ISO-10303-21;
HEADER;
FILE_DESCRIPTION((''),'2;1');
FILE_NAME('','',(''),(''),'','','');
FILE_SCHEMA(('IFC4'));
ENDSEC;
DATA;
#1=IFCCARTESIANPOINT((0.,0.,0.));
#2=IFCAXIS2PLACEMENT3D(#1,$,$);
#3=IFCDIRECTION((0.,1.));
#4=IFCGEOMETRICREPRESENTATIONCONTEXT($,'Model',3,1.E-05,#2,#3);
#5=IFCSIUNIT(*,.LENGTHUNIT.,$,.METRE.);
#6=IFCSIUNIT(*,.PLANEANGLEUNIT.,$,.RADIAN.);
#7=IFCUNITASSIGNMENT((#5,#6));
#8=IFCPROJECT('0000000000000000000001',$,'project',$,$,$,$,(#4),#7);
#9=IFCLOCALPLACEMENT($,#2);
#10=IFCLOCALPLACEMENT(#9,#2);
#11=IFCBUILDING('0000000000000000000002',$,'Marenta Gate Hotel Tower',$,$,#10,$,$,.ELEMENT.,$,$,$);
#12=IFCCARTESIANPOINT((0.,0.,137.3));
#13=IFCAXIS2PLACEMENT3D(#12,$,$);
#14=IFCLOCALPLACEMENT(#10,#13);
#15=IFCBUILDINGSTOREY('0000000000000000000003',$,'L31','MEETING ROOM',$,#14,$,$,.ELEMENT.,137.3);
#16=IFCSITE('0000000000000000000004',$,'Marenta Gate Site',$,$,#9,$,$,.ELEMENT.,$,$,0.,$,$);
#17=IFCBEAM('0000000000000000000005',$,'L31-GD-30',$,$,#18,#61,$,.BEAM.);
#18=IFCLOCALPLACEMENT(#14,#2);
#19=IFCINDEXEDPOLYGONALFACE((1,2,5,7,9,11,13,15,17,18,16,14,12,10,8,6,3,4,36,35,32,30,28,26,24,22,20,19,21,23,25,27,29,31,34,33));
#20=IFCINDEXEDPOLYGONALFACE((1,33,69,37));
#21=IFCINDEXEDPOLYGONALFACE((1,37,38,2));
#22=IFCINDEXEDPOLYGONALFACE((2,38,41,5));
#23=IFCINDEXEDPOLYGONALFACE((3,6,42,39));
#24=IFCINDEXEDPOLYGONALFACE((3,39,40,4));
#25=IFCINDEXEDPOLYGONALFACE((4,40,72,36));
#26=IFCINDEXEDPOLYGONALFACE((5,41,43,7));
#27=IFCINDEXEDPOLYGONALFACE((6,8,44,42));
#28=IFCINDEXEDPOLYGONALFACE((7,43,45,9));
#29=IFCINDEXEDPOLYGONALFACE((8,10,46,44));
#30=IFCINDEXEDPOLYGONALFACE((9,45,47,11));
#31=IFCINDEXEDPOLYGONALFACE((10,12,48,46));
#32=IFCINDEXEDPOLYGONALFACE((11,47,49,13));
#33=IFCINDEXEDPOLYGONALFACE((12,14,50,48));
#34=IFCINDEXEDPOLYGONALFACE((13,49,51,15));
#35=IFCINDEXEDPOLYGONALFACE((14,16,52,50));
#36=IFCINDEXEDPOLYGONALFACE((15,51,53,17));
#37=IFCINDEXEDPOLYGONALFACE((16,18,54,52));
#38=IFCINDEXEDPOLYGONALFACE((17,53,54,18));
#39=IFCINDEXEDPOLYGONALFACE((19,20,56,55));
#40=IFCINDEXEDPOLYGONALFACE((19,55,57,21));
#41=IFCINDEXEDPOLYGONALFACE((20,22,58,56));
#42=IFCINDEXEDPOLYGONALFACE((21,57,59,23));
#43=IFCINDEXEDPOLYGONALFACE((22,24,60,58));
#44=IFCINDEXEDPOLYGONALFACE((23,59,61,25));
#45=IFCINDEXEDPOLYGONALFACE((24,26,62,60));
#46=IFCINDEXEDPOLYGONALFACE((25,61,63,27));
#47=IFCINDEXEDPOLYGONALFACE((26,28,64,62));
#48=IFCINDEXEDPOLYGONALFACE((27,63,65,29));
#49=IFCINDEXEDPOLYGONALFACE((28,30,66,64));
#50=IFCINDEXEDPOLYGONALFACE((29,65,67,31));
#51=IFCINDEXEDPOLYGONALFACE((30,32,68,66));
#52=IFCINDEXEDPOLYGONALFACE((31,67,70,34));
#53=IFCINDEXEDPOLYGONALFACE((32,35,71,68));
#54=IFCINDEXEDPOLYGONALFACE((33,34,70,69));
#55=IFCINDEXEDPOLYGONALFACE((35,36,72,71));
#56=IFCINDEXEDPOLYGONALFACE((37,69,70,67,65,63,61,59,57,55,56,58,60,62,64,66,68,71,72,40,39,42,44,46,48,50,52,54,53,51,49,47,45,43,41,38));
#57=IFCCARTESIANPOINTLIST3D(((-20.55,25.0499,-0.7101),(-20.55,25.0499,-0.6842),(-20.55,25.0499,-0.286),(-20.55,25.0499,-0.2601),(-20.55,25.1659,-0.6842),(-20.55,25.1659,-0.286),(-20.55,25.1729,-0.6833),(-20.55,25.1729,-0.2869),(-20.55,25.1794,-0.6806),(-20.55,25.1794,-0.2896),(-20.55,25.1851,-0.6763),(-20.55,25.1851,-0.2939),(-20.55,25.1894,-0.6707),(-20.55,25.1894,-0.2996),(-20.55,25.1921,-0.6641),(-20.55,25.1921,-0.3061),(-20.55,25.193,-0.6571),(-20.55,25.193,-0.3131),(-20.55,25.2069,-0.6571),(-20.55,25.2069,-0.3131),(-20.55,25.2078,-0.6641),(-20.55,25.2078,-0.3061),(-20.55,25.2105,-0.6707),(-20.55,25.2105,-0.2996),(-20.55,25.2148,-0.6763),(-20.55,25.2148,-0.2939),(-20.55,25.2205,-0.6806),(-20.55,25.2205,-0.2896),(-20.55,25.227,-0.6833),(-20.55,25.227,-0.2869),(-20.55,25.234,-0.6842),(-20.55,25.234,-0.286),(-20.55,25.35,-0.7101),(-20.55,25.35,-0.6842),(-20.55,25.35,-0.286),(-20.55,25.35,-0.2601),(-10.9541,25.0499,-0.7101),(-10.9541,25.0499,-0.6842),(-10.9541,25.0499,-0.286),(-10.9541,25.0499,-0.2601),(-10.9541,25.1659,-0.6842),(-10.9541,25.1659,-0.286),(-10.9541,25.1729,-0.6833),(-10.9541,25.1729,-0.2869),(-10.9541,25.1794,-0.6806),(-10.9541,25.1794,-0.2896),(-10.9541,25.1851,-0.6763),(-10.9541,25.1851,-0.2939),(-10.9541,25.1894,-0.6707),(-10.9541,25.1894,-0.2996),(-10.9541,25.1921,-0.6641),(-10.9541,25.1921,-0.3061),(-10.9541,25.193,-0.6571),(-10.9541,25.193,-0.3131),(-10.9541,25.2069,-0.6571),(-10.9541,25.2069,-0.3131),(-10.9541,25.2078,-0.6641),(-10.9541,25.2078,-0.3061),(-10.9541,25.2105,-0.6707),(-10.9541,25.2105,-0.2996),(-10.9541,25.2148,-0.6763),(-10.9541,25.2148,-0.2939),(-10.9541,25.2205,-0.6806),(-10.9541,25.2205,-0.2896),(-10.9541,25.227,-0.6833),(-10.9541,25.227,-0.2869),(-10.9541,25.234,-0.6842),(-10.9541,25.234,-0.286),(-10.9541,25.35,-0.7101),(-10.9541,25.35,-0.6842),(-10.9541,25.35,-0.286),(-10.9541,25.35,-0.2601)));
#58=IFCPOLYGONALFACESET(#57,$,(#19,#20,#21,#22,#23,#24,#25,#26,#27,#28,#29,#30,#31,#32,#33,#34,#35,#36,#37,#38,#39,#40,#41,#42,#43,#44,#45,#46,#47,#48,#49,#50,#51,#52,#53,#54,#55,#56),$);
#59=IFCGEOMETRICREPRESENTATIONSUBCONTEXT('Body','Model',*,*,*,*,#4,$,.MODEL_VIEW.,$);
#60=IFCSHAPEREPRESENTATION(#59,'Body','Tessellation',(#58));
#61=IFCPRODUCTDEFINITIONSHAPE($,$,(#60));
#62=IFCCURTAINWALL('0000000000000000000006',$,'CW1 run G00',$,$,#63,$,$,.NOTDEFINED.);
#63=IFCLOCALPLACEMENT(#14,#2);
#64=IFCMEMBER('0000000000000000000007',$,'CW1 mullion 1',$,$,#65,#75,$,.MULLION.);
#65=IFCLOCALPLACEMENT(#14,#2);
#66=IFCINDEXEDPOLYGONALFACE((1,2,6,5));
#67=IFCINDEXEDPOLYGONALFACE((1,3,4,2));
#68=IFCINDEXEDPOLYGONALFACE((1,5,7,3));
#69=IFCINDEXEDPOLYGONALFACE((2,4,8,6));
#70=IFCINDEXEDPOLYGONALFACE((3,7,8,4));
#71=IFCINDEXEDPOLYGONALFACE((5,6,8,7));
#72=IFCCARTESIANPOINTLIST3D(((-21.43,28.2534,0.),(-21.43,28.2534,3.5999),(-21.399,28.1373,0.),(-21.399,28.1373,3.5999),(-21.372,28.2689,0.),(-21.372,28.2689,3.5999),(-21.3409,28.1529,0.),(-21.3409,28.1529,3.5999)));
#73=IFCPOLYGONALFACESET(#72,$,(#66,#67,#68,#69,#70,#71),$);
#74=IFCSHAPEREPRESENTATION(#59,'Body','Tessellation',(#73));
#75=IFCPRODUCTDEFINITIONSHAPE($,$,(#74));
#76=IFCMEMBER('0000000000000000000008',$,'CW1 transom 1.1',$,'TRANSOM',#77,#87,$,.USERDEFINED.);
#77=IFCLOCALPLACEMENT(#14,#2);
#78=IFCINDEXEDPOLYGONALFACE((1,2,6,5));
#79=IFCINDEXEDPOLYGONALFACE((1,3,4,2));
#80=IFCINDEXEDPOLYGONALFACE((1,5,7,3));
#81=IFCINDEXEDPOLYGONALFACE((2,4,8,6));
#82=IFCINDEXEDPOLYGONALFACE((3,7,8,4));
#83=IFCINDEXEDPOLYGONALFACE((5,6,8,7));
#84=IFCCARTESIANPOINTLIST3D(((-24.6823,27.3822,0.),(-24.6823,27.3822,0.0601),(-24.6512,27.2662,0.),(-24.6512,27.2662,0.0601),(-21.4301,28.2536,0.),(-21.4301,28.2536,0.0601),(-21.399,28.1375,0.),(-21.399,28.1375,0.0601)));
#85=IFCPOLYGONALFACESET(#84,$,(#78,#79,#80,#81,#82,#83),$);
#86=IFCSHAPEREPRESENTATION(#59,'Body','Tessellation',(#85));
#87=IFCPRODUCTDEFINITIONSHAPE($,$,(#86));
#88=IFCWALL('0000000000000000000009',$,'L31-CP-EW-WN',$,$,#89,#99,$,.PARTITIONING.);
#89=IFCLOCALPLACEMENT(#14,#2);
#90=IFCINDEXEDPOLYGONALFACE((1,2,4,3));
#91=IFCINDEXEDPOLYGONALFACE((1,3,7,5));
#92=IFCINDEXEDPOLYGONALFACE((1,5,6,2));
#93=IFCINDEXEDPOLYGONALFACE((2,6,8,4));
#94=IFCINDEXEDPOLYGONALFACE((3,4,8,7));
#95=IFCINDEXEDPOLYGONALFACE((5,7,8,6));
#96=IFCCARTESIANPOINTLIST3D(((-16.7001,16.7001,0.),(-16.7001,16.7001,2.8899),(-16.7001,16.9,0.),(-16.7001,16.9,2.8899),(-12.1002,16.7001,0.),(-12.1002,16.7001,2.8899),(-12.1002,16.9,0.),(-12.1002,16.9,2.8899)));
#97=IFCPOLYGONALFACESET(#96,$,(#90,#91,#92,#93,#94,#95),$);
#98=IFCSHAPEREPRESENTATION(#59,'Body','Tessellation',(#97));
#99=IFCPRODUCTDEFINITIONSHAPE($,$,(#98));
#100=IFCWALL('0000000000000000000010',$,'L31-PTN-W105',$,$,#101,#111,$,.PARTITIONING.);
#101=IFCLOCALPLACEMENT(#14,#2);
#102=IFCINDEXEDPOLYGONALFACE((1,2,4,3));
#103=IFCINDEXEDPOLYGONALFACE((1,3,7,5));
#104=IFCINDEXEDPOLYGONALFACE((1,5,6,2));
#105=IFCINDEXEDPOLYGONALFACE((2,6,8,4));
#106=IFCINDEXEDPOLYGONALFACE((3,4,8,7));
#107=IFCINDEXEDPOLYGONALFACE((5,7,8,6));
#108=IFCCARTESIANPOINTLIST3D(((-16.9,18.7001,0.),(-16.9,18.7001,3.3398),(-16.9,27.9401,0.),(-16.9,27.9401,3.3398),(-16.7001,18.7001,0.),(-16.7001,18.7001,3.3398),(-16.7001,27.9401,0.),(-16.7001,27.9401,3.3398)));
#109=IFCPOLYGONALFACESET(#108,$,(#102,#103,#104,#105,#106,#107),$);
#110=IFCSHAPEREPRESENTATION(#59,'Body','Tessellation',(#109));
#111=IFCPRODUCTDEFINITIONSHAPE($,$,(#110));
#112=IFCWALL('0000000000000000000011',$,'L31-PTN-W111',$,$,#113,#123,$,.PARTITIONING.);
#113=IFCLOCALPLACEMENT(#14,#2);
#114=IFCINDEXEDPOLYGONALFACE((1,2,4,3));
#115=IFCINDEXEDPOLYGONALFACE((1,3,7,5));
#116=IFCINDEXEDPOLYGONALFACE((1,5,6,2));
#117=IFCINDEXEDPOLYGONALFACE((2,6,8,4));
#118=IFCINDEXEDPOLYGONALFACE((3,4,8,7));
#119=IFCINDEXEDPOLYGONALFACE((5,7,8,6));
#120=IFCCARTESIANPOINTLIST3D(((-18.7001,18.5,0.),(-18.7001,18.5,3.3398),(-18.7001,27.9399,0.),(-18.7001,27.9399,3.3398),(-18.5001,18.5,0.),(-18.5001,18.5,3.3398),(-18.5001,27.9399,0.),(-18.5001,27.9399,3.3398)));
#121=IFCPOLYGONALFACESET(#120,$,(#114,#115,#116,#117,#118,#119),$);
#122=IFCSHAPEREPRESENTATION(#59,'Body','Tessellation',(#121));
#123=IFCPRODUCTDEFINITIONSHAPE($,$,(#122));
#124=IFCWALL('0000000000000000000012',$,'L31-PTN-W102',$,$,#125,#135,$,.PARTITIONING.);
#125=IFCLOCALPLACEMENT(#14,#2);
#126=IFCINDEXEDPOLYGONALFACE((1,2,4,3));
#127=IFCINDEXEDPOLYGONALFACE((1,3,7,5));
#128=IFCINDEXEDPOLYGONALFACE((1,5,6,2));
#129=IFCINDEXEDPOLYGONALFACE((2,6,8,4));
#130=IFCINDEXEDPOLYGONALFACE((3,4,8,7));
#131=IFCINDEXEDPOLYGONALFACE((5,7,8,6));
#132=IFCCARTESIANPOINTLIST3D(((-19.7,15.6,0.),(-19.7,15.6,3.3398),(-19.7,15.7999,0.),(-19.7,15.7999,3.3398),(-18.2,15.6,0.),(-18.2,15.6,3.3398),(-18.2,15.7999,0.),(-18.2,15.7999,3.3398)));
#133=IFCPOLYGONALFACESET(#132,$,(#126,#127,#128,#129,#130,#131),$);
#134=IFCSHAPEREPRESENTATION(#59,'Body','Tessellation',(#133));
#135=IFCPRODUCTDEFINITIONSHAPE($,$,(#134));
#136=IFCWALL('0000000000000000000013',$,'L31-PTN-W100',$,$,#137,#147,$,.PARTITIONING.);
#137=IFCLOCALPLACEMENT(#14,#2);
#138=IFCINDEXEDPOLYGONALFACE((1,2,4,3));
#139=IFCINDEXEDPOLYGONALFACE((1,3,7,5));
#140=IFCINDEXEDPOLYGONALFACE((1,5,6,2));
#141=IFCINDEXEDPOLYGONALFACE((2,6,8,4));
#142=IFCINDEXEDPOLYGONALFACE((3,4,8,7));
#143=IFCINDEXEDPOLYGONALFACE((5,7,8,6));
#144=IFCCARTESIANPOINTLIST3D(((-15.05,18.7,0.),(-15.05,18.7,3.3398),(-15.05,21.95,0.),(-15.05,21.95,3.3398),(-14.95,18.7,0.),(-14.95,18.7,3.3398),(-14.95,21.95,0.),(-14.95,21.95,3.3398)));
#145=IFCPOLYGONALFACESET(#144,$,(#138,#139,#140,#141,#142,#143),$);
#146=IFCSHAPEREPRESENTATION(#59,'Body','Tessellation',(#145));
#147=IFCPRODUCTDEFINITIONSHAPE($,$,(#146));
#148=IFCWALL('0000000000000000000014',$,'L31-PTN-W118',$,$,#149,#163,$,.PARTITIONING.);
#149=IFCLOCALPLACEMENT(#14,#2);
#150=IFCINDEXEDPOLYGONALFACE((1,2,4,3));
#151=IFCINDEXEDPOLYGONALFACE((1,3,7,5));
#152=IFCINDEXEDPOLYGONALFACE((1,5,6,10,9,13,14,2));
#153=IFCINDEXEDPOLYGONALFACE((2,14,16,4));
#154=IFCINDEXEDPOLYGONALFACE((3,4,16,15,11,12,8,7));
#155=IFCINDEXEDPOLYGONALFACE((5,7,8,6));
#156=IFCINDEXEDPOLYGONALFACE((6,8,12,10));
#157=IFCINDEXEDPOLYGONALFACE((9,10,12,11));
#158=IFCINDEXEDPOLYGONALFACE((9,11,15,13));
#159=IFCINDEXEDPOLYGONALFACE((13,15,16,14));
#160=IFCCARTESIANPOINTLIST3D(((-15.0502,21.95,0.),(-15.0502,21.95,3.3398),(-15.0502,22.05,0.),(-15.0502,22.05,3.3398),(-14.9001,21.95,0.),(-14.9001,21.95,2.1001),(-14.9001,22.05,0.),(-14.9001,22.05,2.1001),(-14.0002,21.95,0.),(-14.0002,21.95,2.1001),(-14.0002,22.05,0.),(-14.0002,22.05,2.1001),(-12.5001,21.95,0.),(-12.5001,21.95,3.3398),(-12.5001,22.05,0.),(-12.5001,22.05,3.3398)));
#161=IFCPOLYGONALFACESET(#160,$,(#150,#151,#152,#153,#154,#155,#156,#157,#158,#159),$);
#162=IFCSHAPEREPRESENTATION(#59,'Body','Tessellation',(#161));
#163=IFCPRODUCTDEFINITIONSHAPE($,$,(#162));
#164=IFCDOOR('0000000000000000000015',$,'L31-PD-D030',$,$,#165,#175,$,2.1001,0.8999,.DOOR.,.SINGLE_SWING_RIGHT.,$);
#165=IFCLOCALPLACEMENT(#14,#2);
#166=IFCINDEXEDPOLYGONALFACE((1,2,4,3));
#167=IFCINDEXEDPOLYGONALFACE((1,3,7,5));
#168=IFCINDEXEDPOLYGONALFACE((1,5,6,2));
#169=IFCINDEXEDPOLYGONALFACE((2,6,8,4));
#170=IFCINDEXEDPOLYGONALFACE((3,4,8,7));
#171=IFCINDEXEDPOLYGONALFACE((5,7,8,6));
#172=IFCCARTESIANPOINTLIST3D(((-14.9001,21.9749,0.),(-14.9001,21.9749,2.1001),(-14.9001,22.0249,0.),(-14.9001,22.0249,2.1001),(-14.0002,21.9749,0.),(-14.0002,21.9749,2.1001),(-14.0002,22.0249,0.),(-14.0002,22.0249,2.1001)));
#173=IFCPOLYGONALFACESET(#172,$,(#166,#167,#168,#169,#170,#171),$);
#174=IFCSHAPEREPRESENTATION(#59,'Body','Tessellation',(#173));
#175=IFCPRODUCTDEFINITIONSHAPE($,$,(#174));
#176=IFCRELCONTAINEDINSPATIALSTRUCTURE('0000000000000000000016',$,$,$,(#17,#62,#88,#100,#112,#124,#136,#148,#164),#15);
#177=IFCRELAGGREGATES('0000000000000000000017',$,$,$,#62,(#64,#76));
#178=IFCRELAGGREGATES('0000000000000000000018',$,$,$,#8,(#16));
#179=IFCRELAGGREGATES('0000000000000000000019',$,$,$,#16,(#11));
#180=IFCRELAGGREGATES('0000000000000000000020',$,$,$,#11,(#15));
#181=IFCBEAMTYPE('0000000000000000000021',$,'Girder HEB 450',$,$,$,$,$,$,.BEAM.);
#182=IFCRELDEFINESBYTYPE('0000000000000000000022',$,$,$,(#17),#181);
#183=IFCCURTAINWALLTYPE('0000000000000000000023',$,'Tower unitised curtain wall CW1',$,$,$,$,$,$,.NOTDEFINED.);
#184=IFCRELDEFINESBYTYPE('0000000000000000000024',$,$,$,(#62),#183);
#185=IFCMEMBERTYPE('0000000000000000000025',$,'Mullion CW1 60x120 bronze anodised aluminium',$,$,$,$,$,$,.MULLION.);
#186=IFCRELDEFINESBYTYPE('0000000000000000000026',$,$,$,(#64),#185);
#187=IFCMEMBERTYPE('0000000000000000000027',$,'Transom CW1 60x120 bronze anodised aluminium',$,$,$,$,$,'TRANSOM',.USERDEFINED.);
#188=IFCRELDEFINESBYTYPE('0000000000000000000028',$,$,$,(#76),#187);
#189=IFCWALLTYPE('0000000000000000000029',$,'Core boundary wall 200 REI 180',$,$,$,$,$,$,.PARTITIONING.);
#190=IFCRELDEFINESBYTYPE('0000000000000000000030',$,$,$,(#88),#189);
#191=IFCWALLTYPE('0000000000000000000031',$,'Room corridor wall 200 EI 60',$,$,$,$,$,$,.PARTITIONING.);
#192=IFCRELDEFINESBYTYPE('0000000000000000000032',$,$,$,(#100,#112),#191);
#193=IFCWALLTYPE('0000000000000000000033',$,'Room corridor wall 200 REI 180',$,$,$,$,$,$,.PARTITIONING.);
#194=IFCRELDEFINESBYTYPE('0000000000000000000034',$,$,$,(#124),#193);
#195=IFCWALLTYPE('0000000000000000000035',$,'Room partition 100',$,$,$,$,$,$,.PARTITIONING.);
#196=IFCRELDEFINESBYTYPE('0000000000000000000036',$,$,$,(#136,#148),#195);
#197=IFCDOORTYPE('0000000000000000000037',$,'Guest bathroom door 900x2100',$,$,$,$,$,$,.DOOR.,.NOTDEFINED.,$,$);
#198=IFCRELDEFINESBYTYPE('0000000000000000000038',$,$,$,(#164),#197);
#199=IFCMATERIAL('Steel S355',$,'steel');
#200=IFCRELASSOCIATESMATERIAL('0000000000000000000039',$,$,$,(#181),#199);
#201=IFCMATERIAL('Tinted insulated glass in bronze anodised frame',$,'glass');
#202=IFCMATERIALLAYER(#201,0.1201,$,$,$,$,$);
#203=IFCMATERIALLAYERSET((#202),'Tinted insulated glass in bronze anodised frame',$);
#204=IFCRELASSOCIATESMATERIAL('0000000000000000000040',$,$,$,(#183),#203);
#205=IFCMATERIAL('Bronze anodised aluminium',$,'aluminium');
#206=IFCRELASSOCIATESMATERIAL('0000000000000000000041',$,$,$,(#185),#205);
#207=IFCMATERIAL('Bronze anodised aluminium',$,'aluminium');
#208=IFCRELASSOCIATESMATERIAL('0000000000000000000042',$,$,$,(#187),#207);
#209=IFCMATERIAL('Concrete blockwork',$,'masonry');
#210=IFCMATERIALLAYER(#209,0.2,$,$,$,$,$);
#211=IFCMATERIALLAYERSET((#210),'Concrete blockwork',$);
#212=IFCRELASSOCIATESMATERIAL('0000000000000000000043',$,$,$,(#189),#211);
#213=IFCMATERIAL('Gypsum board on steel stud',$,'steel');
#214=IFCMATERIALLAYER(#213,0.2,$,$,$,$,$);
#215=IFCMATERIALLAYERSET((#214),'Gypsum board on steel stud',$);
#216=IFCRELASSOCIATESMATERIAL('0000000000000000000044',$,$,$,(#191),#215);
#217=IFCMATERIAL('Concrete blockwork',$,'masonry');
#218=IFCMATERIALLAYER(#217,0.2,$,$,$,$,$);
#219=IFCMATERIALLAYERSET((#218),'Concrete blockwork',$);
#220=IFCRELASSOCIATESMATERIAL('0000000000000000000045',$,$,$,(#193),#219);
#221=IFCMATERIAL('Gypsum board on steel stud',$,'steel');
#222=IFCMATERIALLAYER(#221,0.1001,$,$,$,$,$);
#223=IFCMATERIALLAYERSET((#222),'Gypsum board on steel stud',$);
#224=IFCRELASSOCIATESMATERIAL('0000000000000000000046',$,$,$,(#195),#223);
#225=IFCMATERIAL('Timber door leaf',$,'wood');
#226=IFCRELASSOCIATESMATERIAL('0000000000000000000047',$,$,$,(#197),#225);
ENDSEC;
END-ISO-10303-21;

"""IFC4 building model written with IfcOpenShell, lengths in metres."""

from ifc_helpers import new_model, si_unit, direction, frame, frame_2d, origin, origin_2d, place, context, subcontext, project, spatial, rectangle, i_section, extrude, material, layer, layer_set, material_profile, profile_set, type_object, element, fill, aggregate, save


model = new_model("IFC4")

# Units and contexts
model_context = context("Model", 3, precision=1e-05, world=origin(), true_north=direction((0.0, 1.0)))
body_context = subcontext(model_context, "Body", "Model", "MODEL_VIEW")
ifc_project = project(units=[si_unit("LENGTHUNIT", "METRE"), si_unit("PLANEANGLEUNIT", "RADIAN")], contexts=[model_context])

# Site, building, storey
site_placement = place(None, origin())
site = spatial("IfcSite", under=ifc_project, at=site_placement, Name="Marenta Gate Site", CompositionType="ELEMENT", RefElevation=0.0)
building_placement = place(site_placement, origin())
building = spatial("IfcBuilding", under=site, at=building_placement, Name="Marenta Gate Hotel Tower", CompositionType="ELEMENT")
storey_placement = place(building_placement, frame((0.0, 0.0, 137.3)))
storey = spatial("IfcBuildingStorey", under=building, at=storey_placement, Name="L31", Description="MEETING ROOM", CompositionType="ELEMENT", Elevation=137.3)

# Beam
ifc_material_1 = material(Name="Steel S355", Category="steel")
ifc_material_profile_1 = material_profile(ifc_material_1, i_section(OverallWidth=0.3, OverallDepth=0.45, WebThickness=0.0139, FlangeThickness=0.0259, FilletRadius=0.0271, at=origin_2d()), Name="HEB 450")
ifc_profile_set_1 = profile_set([ifc_material_profile_1], Name="Steel S355")
beam_type_1 = type_object("IfcBeamType", Name="Girder HEB 450", PredefinedType="BEAM", material=ifc_profile_set_1)
beam_1_placement = place(storey_placement, frame((-20.55, 25.2, -0.4851), z_axis=(1.0, 0.0, 0.0), x_axis=(0.0, 1.0, 0.0)))
element("IfcBeam", 1, at=beam_1_placement, inside=storey, type_object=beam_type_1, Name="L31-GD-30", PredefinedType="BEAM", context=body_context, shape_type="SweptSolid", body=[
    extrude(i_section(OverallWidth=0.3, OverallDepth=0.45, WebThickness=0.0139, FlangeThickness=0.0259, FilletRadius=0.0271, at=origin_2d()), origin(), (0.0, 0.0, 1.0), 9.5959),
])

# Curtain wall, members
ifc_material_2 = material(Name="Tinted insulated glass in bronze anodised frame", Category="glass")
ifc_layer_1 = layer(ifc_material_2, 0.1201)
ifc_layer_set_1 = layer_set([ifc_layer_1], Name="Tinted insulated glass in bronze anodised frame")
curtain_wall_type = type_object("IfcCurtainWallType", Name="Tower unitised curtain wall CW1", PredefinedType="NOTDEFINED", material=ifc_layer_set_1)
curtain_wall_placement = place(storey_placement, origin())
curtain_wall = element("IfcCurtainWall", 2, at=curtain_wall_placement, inside=storey, type_object=curtain_wall_type, Name="CW1 run G00", PredefinedType="NOTDEFINED")
ifc_material_3 = material(Name="Bronze anodised aluminium", Category="aluminium")
ifc_material_profile_2 = material_profile(ifc_material_3, rectangle(XDim=0.1201, YDim=0.0601, at=origin_2d()), Name="Mullion CW1 60x120 bronze anodised aluminium")
ifc_profile_set_2 = profile_set([ifc_material_profile_2], Name="Bronze anodised aluminium")
member_type_1 = type_object("IfcMemberType", Name="Mullion CW1 60x120 bronze anodised aluminium", PredefinedType="MULLION", material=ifc_profile_set_2)
member_1_placement = place(storey_placement, frame((-21.3855, 28.2031, 0.0), z_axis=(0.0, 0.0, 1.0), x_axis=(0.258801, -0.965931, 0.0)))
member_1 = element("IfcMember", 3, at=member_1_placement, type_object=member_type_1, Name="CW1 mullion 1", PredefinedType="MULLION", context=body_context, shape_type="SweptSolid", body=[
    extrude(rectangle(XDim=0.1201, YDim=0.0601, at=origin_2d()), origin(), (0.0, 0.0, 1.0), 3.5999),
])
ifc_material_4 = material(Name="Bronze anodised aluminium", Category="aluminium")
ifc_material_profile_3 = material_profile(ifc_material_4, rectangle(XDim=0.1201, YDim=0.0601, at=origin_2d()), Name="Transom CW1 60x120 bronze anodised aluminium")
ifc_profile_set_3 = profile_set([ifc_material_profile_3], Name="Bronze anodised aluminium")
member_type_2 = type_object("IfcMemberType", Name="Transom CW1 60x120 bronze anodised aluminium", ElementType="TRANSOM", PredefinedType="USERDEFINED", material=ifc_profile_set_3)
member_2_placement = place(storey_placement, frame((-21.4146, 28.1956, 0.03), z_axis=(-0.965932, -0.258795, 0.0), x_axis=(0.258795, -0.965932, 0.0)))
member_2 = element("IfcMember", 4, at=member_2_placement, type_object=member_type_2, Name="CW1 transom 1.1", ObjectType="TRANSOM", PredefinedType="USERDEFINED", context=body_context, shape_type="SweptSolid", body=[
    extrude(rectangle(XDim=0.1201, YDim=0.0601, at=origin_2d()), origin(), (0.0, 0.0, 1.0), 3.3669),
])
aggregate(curtain_wall, [member_1, member_2])

# Walls
ifc_material_5 = material(Name="Concrete blockwork", Category="masonry")
ifc_layer_2 = layer(ifc_material_5, 0.2)
ifc_layer_set_2 = layer_set([ifc_layer_2], Name="Concrete blockwork")
wall_type_1 = type_object("IfcWallType", Name="Core boundary wall 200 REI 180", PredefinedType="PARTITIONING", material=ifc_layer_set_2)
wall_1_placement = place(storey_placement, frame((-16.7, 16.8, 0.0), z_axis=(0.0, 0.0, 1.0), x_axis=(1.0, 0.0, 0.0)))
element("IfcWall", 5, at=wall_1_placement, inside=storey, type_object=wall_type_1, Name="L31-CP-EW-WN", PredefinedType="PARTITIONING", context=body_context, shape_type="SweptSolid", body=[
    extrude(rectangle(XDim=4.5999, YDim=0.2, at=frame_2d((2.2998, 0.0))), origin(), (0.0, 0.0, 1.0), 2.8899),
])
ifc_material_6 = material(Name="Gypsum board on steel stud", Category="steel")
ifc_layer_3 = layer(ifc_material_6, 0.2)
ifc_layer_set_3 = layer_set([ifc_layer_3], Name="Gypsum board on steel stud")
wall_type_2 = type_object("IfcWallType", Name="Room corridor wall 200 EI 60", PredefinedType="PARTITIONING", material=ifc_layer_set_3)
wall_2_placement = place(storey_placement, frame((-16.8, 18.7, 0.0), z_axis=(0.0, 0.0, 1.0), x_axis=(0.0, 1.0, 0.0)))
element("IfcWall", 6, at=wall_2_placement, inside=storey, type_object=wall_type_2, Name="L31-PTN-W105", PredefinedType="PARTITIONING", context=body_context, shape_type="SweptSolid", body=[
    extrude(rectangle(XDim=9.24, YDim=0.2, at=frame_2d((4.6201, 0.0))), origin(), (0.0, 0.0, 1.0), 3.3398),
])
wall_3_placement = place(storey_placement, frame((-18.6001, 18.5, 0.0), z_axis=(0.0, 0.0, 1.0), x_axis=(0.0, 1.0, 0.0)))
element("IfcWall", 7, at=wall_3_placement, inside=storey, type_object=wall_type_2, Name="L31-PTN-W111", PredefinedType="PARTITIONING", context=body_context, shape_type="SweptSolid", body=[
    extrude(rectangle(XDim=9.4399, YDim=0.2, at=frame_2d((4.72, 0.0))), origin(), (0.0, 0.0, 1.0), 3.3398),
])

# Walls
ifc_material_7 = material(Name="Concrete blockwork", Category="masonry")
ifc_layer_4 = layer(ifc_material_7, 0.2)
ifc_layer_set_4 = layer_set([ifc_layer_4], Name="Concrete blockwork")
wall_type_3 = type_object("IfcWallType", Name="Room corridor wall 200 REI 180", PredefinedType="PARTITIONING", material=ifc_layer_set_4)
wall_4_placement = place(storey_placement, frame((-19.7, 15.7, 0.0), z_axis=(0.0, 0.0, 1.0), x_axis=(1.0, 0.0, 0.0)))
element("IfcWall", 8, at=wall_4_placement, inside=storey, type_object=wall_type_3, Name="L31-PTN-W102", PredefinedType="PARTITIONING", context=body_context, shape_type="SweptSolid", body=[
    extrude(rectangle(XDim=1.5, YDim=0.2, at=frame_2d((0.75, 0.0))), origin(), (0.0, 0.0, 1.0), 3.3398),
])
ifc_material_8 = material(Name="Gypsum board on steel stud", Category="steel")
ifc_layer_5 = layer(ifc_material_8, 0.1001)
ifc_layer_set_5 = layer_set([ifc_layer_5], Name="Gypsum board on steel stud")
wall_type_4 = type_object("IfcWallType", Name="Room partition 100", PredefinedType="PARTITIONING", material=ifc_layer_set_5)
wall_5_placement = place(storey_placement, frame((-15.0, 18.7, 0.0), z_axis=(0.0, 0.0, 1.0), x_axis=(0.0, 1.0, 0.0)))
element("IfcWall", 9, at=wall_5_placement, inside=storey, type_object=wall_type_4, Name="L31-PTN-W100", PredefinedType="PARTITIONING", context=body_context, shape_type="SweptSolid", body=[
    extrude(rectangle(XDim=3.25, YDim=0.1001, at=frame_2d((1.625, 0.0))), origin(), (0.0, 0.0, 1.0), 3.3398),
])

# Wall, opening, door
wall_6_placement = place(storey_placement, frame((-15.05, 22.0, 0.0), z_axis=(0.0, 0.0, 1.0), x_axis=(1.0, 0.0, 0.0)))
wall_6 = element("IfcWall", 10, at=wall_6_placement, inside=storey, type_object=wall_type_4, Name="L31-PTN-W118", PredefinedType="PARTITIONING", context=body_context, shape_type="SweptSolid", body=[
    extrude(rectangle(XDim=2.55, YDim=0.1001, at=frame_2d((1.2749, 0.0))), origin(), (0.0, 0.0, 1.0), 3.3398),
])
opening_1_placement = place(wall_6_placement, frame((0.1499, 0.0, 0.0)))
opening_1 = element("IfcOpeningElement", 11, at=opening_1_placement, cuts=wall_6, PredefinedType="OPENING", context=body_context, shape_type="SweptSolid", body=[
    extrude(rectangle(XDim=0.8999, YDim=2.1001, at=frame_2d((0.45, 1.05))), frame((0.0, 0.05, 0.0), z_axis=(0.0, -1.0, 0.0), x_axis=(1.0, 0.0, 0.0)), (0.0, 0.0, 1.0), 0.1001),
])
ifc_material_9 = material(Name="Timber door leaf", Category="wood")
door_type_1 = type_object("IfcDoorType", Name="Guest bathroom door 900x2100", OperationType="NOTDEFINED", PredefinedType="DOOR", material=ifc_material_9)
door_1_placement = place(opening_1_placement, origin())
door_1 = element("IfcDoor", 12, at=door_1_placement, inside=storey, type_object=door_type_1, Name="L31-PD-D030", OperationType="SINGLE_SWING_RIGHT", OverallHeight=2.1001, OverallWidth=0.8999, PredefinedType="DOOR", context=body_context, shape_type="SweptSolid", body=[
    extrude(rectangle(XDim=0.8999, YDim=2.1001, at=frame_2d((0.45, 1.05))), frame((0.0, 0.0249, 0.0), z_axis=(0.0, -1.0, 0.0), x_axis=(1.0, 0.0, 0.0)), (0.0, 0.0, 1.0), 0.05),
])
fill(opening_1, door_1)

save(model, "model.ifc")
